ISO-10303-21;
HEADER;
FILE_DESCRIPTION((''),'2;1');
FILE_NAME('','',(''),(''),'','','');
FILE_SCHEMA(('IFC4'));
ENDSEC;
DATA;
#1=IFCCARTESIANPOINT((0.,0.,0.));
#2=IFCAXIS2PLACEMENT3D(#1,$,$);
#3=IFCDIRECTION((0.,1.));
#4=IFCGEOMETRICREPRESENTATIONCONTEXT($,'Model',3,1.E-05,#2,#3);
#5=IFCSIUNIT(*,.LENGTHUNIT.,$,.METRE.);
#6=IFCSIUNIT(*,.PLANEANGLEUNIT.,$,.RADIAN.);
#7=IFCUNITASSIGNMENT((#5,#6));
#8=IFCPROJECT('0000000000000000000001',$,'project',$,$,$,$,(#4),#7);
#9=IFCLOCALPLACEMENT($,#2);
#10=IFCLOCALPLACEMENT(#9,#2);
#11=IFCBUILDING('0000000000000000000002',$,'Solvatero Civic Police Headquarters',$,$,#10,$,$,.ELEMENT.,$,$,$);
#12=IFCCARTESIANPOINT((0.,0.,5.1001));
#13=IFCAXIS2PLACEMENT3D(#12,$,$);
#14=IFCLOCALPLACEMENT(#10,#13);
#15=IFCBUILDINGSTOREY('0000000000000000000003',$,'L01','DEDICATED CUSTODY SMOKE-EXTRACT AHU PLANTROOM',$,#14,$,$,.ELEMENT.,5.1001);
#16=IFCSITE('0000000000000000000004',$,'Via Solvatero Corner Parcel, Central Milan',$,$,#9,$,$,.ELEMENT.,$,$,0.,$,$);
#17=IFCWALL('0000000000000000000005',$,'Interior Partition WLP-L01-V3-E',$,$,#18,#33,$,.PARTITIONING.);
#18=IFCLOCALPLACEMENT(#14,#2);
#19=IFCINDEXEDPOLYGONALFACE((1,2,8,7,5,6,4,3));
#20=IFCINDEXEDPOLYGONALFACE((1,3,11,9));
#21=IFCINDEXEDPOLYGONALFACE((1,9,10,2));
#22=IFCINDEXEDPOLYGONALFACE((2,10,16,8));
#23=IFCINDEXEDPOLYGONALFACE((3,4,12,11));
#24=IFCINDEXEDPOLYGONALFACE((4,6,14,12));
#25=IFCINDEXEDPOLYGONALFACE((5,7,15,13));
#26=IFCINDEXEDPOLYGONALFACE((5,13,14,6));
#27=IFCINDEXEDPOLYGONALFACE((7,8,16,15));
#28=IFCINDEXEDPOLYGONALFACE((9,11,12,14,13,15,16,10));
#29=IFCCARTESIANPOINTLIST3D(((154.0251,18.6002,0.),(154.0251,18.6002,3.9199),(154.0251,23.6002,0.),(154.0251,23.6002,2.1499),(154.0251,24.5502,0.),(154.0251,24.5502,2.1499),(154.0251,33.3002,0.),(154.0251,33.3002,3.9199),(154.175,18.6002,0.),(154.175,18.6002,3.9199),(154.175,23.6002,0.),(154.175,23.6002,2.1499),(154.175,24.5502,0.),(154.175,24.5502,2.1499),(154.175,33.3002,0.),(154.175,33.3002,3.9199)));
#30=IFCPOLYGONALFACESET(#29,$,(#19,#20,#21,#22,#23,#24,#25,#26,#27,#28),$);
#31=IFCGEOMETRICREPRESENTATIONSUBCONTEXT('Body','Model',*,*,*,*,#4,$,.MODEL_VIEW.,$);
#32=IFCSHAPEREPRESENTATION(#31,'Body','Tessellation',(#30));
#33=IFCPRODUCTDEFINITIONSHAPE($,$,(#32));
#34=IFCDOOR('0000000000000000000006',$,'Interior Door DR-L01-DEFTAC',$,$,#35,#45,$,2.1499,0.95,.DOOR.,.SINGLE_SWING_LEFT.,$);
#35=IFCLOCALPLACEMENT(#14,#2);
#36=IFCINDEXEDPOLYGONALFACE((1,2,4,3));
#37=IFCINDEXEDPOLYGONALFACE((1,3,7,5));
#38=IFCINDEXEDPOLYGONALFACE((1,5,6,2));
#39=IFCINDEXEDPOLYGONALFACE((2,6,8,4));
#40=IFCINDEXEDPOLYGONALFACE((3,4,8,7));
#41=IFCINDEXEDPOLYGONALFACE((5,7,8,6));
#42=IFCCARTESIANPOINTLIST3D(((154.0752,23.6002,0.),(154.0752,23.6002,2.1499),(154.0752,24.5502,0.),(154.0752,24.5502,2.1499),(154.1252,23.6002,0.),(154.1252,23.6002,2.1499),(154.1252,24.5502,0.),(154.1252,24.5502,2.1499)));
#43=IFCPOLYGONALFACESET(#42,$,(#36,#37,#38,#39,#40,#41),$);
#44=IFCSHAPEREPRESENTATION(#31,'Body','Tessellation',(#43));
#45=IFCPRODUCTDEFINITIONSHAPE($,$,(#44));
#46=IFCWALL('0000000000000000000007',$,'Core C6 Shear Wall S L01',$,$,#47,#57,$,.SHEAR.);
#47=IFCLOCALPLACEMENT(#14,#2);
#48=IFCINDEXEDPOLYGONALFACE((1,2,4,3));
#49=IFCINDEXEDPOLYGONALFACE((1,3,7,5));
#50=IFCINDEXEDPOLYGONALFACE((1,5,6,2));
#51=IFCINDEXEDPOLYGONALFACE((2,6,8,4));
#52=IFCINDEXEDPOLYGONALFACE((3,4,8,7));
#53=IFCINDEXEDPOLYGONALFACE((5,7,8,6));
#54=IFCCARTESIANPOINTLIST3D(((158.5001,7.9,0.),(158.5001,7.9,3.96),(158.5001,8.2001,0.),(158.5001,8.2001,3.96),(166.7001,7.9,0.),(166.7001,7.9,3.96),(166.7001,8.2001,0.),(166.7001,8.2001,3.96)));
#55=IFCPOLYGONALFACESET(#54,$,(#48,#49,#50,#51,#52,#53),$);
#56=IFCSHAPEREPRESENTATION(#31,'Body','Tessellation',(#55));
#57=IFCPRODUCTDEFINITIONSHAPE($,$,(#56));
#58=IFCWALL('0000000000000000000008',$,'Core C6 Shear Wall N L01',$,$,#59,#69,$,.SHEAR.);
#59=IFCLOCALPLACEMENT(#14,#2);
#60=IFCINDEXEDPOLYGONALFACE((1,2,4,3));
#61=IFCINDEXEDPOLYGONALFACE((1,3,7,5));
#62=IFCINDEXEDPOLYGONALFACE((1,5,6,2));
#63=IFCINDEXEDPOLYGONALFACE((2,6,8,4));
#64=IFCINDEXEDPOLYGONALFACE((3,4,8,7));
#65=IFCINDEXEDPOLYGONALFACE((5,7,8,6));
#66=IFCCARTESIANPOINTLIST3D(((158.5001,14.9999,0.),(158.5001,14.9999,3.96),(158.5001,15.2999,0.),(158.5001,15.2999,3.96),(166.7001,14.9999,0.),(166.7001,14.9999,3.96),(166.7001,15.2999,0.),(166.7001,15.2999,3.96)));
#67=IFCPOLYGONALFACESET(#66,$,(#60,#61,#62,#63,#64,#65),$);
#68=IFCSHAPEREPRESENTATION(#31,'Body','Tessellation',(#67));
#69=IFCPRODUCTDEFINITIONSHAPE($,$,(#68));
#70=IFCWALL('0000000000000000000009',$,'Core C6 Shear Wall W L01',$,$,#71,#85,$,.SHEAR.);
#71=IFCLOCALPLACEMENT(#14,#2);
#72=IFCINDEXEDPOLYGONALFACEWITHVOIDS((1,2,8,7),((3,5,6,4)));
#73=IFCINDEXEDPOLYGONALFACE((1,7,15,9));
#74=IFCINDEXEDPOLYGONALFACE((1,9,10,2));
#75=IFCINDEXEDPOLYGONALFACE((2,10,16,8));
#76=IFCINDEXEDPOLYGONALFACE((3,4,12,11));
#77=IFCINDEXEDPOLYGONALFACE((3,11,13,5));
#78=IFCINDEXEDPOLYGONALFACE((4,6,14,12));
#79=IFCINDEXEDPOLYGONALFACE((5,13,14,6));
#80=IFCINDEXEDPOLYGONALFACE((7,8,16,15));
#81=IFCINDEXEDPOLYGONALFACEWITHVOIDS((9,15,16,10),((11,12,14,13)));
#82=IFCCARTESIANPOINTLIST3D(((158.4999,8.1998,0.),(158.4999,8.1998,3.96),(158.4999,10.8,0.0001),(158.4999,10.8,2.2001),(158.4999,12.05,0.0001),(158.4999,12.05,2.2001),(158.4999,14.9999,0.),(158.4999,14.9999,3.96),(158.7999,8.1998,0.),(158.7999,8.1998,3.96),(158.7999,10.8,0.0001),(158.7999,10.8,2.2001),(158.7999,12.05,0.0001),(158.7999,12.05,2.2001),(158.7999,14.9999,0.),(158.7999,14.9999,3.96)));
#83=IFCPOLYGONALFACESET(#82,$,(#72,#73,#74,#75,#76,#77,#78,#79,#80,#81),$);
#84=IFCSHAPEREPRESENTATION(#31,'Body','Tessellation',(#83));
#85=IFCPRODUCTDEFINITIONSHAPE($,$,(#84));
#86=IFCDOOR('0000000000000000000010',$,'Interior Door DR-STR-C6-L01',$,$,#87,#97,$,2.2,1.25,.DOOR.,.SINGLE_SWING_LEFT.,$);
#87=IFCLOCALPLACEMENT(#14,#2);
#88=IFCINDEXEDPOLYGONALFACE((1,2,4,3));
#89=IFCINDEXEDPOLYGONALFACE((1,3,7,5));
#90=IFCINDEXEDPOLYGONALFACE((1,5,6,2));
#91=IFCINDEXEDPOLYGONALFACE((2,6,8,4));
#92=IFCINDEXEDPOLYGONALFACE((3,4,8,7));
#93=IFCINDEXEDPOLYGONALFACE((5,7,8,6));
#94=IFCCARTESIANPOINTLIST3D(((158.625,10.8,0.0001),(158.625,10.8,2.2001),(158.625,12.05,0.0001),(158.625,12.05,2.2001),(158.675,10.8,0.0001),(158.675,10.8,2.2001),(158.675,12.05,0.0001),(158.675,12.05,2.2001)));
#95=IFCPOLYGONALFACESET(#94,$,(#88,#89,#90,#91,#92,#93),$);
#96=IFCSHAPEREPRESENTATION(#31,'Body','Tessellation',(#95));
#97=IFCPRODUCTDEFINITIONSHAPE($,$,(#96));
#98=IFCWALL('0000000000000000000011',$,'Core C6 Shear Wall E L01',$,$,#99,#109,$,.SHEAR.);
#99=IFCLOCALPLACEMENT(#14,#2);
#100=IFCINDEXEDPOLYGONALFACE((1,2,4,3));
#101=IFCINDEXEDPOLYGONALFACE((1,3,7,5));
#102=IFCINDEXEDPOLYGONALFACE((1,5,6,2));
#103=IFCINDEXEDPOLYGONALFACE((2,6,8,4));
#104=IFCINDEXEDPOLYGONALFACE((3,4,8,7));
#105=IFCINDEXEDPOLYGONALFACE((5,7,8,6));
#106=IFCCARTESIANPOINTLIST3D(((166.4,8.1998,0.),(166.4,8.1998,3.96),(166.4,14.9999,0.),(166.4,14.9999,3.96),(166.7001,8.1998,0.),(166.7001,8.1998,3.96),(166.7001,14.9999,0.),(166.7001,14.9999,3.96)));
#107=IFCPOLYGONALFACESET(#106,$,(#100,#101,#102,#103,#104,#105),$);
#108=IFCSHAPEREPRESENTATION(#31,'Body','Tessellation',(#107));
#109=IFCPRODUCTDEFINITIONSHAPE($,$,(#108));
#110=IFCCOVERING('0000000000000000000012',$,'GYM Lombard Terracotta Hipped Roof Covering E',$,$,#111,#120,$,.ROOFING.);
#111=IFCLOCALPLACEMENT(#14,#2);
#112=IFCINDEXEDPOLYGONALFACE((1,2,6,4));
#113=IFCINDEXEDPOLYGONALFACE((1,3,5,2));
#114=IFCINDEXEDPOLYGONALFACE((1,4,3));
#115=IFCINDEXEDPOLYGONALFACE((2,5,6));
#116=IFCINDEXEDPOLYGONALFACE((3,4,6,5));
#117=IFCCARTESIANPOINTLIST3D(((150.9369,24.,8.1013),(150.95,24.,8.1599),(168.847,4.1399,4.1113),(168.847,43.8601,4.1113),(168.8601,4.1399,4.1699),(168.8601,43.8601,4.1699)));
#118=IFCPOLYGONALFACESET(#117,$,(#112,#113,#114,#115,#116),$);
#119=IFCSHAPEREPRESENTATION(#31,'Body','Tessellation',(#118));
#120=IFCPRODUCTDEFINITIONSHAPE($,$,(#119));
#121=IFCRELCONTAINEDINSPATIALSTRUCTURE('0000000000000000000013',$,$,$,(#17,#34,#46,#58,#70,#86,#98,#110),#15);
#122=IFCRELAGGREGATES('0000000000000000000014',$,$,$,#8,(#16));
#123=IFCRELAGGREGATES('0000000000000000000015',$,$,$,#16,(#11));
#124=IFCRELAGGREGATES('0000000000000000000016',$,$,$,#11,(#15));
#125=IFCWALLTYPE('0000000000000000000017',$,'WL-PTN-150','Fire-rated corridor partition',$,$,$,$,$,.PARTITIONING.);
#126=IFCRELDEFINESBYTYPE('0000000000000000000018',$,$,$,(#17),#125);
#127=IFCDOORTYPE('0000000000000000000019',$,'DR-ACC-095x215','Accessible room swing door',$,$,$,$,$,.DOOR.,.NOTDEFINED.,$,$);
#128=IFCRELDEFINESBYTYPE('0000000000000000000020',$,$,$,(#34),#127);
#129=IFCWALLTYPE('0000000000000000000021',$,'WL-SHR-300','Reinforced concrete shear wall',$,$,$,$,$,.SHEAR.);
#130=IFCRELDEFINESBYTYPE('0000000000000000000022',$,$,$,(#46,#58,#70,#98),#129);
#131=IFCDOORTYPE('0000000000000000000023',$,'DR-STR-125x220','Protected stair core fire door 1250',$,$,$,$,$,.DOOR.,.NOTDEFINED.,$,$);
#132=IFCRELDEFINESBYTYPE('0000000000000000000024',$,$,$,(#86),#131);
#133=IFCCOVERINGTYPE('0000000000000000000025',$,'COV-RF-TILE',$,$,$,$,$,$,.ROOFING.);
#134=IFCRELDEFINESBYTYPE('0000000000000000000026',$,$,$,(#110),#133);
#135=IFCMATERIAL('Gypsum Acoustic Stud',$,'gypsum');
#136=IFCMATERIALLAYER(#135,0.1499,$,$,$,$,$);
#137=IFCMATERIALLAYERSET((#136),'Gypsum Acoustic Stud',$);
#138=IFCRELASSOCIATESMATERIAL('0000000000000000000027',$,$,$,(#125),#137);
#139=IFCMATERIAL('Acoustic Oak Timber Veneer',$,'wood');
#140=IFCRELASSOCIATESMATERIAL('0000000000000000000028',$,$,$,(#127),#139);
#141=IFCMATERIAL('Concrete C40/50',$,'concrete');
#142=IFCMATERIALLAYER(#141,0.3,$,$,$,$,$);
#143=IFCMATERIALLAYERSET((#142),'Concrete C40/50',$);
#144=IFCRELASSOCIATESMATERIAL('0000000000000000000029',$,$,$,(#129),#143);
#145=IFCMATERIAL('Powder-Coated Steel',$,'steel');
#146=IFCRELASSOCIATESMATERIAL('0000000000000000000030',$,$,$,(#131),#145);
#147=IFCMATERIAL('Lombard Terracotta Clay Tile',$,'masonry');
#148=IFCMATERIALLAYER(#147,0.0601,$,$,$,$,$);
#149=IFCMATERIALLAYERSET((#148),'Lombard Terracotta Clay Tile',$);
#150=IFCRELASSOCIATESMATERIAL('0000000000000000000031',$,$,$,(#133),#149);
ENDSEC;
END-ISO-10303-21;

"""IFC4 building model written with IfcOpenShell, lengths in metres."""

from ifc_helpers import new_model, si_unit, direction, frame, frame_2d, origin, place, context, subcontext, project, spatial, polyline, rectangle, outline, extrude, material, layer, layer_set, type_object, element, fill, save


model = new_model("IFC4")

# Units and contexts
model_context = context("Model", 3, precision=1e-05, world=origin(), true_north=direction((0.0, 1.0)))
body_context = subcontext(model_context, "Body", "Model", "MODEL_VIEW")
ifc_project = project(units=[si_unit("LENGTHUNIT", "METRE"), si_unit("PLANEANGLEUNIT", "RADIAN")], contexts=[model_context])

# Site, building, storey
site_placement = place(None, origin())
site = spatial("IfcSite", under=ifc_project, at=site_placement, Name="Via Solvatero Corner Parcel, Central Milan", CompositionType="ELEMENT", RefElevation=0.0)
building_placement = place(site_placement, origin())
building = spatial("IfcBuilding", under=site, at=building_placement, Name="Solvatero Civic Police Headquarters", CompositionType="ELEMENT")
storey_placement = place(building_placement, frame((0.0, 0.0, 5.1001)))
storey = spatial("IfcBuildingStorey", under=building, at=storey_placement, Name="L01", Description="DEDICATED CUSTODY SMOKE-EXTRACT AHU PLANTROOM", CompositionType="ELEMENT", Elevation=5.1001)

# Wall, opening, door
ifc_material_1 = material(Name="Gypsum Acoustic Stud", Category="gypsum")
ifc_layer_1 = layer(ifc_material_1, 0.1499)
ifc_layer_set_1 = layer_set([ifc_layer_1], Name="Gypsum Acoustic Stud")
wall_type_1 = type_object("IfcWallType", Name="WL-PTN-150", Description="Fire-rated corridor partition", PredefinedType="PARTITIONING", material=ifc_layer_set_1)
wall_1_placement = place(storey_placement, frame((154.1001, 18.6001, 0.0), z_axis=(0.0, 0.0, 1.0), x_axis=(0.0, 1.0, 0.0)))
wall_1 = element("IfcWall", 1, at=wall_1_placement, inside=storey, type_object=wall_type_1, Name="Interior Partition WLP-L01-V3-E", PredefinedType="PARTITIONING", context=body_context, shape_type="SweptSolid", body=[
    extrude(rectangle(XDim=14.7, YDim=0.1499, at=frame_2d((7.3501, 0.0))), origin(), (0.0, 0.0, 1.0), 3.9199),
])
opening_1_placement = place(wall_1_placement, frame((5.0, 0.0, 0.0)))
opening_1 = element("IfcOpeningElement", 2, at=opening_1_placement, cuts=wall_1, PredefinedType="OPENING", context=body_context, shape_type="SweptSolid", body=[
    extrude(rectangle(XDim=0.95, YDim=2.1499, at=frame_2d((0.4751, 1.075))), frame((0.0, 0.085, 0.0), z_axis=(0.0, -1.0, 0.0), x_axis=(1.0, 0.0, 0.0)), (0.0, 0.0, 1.0), 0.1699),
])
ifc_material_2 = material(Name="Acoustic Oak Timber Veneer", Category="wood")
door_type_1 = type_object("IfcDoorType", Name="DR-ACC-095x215", Description="Accessible room swing door", OperationType="NOTDEFINED", PredefinedType="DOOR", material=ifc_material_2)
door_1_placement = place(opening_1_placement, origin())
door_1 = element("IfcDoor", 3, at=door_1_placement, inside=storey, type_object=door_type_1, Name="Interior Door DR-L01-DEFTAC", OperationType="SINGLE_SWING_LEFT", OverallHeight=2.1499, OverallWidth=0.95, PredefinedType="DOOR", context=body_context, shape_type="SweptSolid", body=[
    extrude(rectangle(XDim=0.95, YDim=2.1499, at=frame_2d((0.4751, 1.075))), frame((0.0, 0.0249, 0.0), z_axis=(0.0, -1.0, 0.0), x_axis=(1.0, 0.0, 0.0)), (0.0, 0.0, 1.0), 0.05),
])
fill(opening_1, door_1)

# Walls
ifc_material_3 = material(Name="Concrete C40/50", Category="concrete")
ifc_layer_2 = layer(ifc_material_3, 0.3)
ifc_layer_set_2 = layer_set([ifc_layer_2], Name="Concrete C40/50")
wall_type_2 = type_object("IfcWallType", Name="WL-SHR-300", Description="Reinforced concrete shear wall", PredefinedType="SHEAR", material=ifc_layer_set_2)
for number, where, z_axis, x_axis, name in (
    (4, (158.5, 8.05, 0.0), (0.0, 0.0, 1.0), (1.0, 0.0, 0.0), "Core C6 Shear Wall S L01"),
    (5, (158.5, 15.1499, 0.0), (0.0, 0.0, 1.0), (1.0, 0.0, 0.0), "Core C6 Shear Wall N L01"),
):
    element("IfcWall", number, at=place(storey_placement, frame(where, z_axis=z_axis, x_axis=x_axis)), inside=storey, type_object=wall_type_2, Name=name, PredefinedType="SHEAR", context=body_context, shape_type="SweptSolid", body=[
        extrude(rectangle(XDim=8.2, YDim=0.3, at=frame_2d((4.1001, 0.0))), origin(), (0.0, 0.0, 1.0), 3.96),
    ])

# Wall, opening, door
wall_2_placement = place(storey_placement, frame((158.6499, 8.2, 0.0), z_axis=(0.0, 0.0, 1.0), x_axis=(0.0, 1.0, 0.0)))
wall_2 = element("IfcWall", 6, at=wall_2_placement, inside=storey, type_object=wall_type_2, Name="Core C6 Shear Wall W L01", PredefinedType="SHEAR", context=body_context, shape_type="SweptSolid", body=[
    extrude(rectangle(XDim=6.8, YDim=0.3, at=frame_2d((3.3999, 0.0))), origin(), (0.0, 0.0, 1.0), 3.96),
])
opening_2_placement = place(wall_2_placement, frame((2.6001, 0.0, 0.0)))
opening_2 = element("IfcOpeningElement", 7, at=opening_2_placement, cuts=wall_2, PredefinedType="OPENING", context=body_context, shape_type="SweptSolid", body=[
    extrude(rectangle(XDim=1.25, YDim=2.2, at=frame_2d((0.625, 1.1001))), frame((0.0, 0.1599, 0.0), z_axis=(0.0, -1.0, 0.0), x_axis=(1.0, 0.0, 0.0)), (0.0, 0.0, 1.0), 0.3201),
])
ifc_material_4 = material(Name="Powder-Coated Steel", Category="steel")
door_type_2 = type_object("IfcDoorType", Name="DR-STR-125x220", Description="Protected stair core fire door 1250", OperationType="NOTDEFINED", PredefinedType="DOOR", material=ifc_material_4)
door_2_placement = place(opening_2_placement, origin())
door_2 = element("IfcDoor", 8, at=door_2_placement, inside=storey, type_object=door_type_2, Name="Interior Door DR-STR-C6-L01", OperationType="SINGLE_SWING_LEFT", OverallHeight=2.2, OverallWidth=1.25, PredefinedType="DOOR", context=body_context, shape_type="SweptSolid", body=[
    extrude(rectangle(XDim=1.25, YDim=2.2, at=frame_2d((0.625, 1.1001))), frame((0.0, 0.0249, 0.0), z_axis=(0.0, -1.0, 0.0), x_axis=(1.0, 0.0, 0.0)), (0.0, 0.0, 1.0), 0.05),
])
fill(opening_2, door_2)

# Wall
wall_3_placement = place(storey_placement, frame((166.55, 8.2, 0.0), z_axis=(0.0, 0.0, 1.0), x_axis=(0.0, 1.0, 0.0)))
element("IfcWall", 9, at=wall_3_placement, inside=storey, type_object=wall_type_2, Name="Core C6 Shear Wall E L01", PredefinedType="SHEAR", context=body_context, shape_type="SweptSolid", body=[
    extrude(rectangle(XDim=6.8, YDim=0.3, at=frame_2d((3.3999, 0.0))), origin(), (0.0, 0.0, 1.0), 3.96),
])

# Covering
ifc_material_5 = material(Name="Lombard Terracotta Clay Tile", Category="masonry")
ifc_layer_3 = layer(ifc_material_5, 0.0601)
ifc_layer_set_3 = layer_set([ifc_layer_3], Name="Lombard Terracotta Clay Tile")
covering_type = type_object("IfcCoveringType", Name="COV-RF-TILE", PredefinedType="ROOFING", material=ifc_layer_set_3)
covering_placement = place(storey_placement, frame((168.8601, 4.1399, 4.1699), z_axis=(0.217447, 0.0, 0.976072), x_axis=(0.0, 1.0, 0.0)))
element("IfcCovering", 10, at=covering_placement, inside=storey, type_object=covering_type, Name="GYM Lombard Terracotta Hipped Roof Covering E", PredefinedType="ROOFING", context=body_context, shape_type="SweptSolid", body=[
    extrude(outline(polyline([(0.0, 0.0), (39.7202, 0.0), (19.8601, 18.3492), (0.0, 0.0)])), origin(), (0.0, 0.0, -1.0), 0.0601),
])

save(model, "model.ifc")
